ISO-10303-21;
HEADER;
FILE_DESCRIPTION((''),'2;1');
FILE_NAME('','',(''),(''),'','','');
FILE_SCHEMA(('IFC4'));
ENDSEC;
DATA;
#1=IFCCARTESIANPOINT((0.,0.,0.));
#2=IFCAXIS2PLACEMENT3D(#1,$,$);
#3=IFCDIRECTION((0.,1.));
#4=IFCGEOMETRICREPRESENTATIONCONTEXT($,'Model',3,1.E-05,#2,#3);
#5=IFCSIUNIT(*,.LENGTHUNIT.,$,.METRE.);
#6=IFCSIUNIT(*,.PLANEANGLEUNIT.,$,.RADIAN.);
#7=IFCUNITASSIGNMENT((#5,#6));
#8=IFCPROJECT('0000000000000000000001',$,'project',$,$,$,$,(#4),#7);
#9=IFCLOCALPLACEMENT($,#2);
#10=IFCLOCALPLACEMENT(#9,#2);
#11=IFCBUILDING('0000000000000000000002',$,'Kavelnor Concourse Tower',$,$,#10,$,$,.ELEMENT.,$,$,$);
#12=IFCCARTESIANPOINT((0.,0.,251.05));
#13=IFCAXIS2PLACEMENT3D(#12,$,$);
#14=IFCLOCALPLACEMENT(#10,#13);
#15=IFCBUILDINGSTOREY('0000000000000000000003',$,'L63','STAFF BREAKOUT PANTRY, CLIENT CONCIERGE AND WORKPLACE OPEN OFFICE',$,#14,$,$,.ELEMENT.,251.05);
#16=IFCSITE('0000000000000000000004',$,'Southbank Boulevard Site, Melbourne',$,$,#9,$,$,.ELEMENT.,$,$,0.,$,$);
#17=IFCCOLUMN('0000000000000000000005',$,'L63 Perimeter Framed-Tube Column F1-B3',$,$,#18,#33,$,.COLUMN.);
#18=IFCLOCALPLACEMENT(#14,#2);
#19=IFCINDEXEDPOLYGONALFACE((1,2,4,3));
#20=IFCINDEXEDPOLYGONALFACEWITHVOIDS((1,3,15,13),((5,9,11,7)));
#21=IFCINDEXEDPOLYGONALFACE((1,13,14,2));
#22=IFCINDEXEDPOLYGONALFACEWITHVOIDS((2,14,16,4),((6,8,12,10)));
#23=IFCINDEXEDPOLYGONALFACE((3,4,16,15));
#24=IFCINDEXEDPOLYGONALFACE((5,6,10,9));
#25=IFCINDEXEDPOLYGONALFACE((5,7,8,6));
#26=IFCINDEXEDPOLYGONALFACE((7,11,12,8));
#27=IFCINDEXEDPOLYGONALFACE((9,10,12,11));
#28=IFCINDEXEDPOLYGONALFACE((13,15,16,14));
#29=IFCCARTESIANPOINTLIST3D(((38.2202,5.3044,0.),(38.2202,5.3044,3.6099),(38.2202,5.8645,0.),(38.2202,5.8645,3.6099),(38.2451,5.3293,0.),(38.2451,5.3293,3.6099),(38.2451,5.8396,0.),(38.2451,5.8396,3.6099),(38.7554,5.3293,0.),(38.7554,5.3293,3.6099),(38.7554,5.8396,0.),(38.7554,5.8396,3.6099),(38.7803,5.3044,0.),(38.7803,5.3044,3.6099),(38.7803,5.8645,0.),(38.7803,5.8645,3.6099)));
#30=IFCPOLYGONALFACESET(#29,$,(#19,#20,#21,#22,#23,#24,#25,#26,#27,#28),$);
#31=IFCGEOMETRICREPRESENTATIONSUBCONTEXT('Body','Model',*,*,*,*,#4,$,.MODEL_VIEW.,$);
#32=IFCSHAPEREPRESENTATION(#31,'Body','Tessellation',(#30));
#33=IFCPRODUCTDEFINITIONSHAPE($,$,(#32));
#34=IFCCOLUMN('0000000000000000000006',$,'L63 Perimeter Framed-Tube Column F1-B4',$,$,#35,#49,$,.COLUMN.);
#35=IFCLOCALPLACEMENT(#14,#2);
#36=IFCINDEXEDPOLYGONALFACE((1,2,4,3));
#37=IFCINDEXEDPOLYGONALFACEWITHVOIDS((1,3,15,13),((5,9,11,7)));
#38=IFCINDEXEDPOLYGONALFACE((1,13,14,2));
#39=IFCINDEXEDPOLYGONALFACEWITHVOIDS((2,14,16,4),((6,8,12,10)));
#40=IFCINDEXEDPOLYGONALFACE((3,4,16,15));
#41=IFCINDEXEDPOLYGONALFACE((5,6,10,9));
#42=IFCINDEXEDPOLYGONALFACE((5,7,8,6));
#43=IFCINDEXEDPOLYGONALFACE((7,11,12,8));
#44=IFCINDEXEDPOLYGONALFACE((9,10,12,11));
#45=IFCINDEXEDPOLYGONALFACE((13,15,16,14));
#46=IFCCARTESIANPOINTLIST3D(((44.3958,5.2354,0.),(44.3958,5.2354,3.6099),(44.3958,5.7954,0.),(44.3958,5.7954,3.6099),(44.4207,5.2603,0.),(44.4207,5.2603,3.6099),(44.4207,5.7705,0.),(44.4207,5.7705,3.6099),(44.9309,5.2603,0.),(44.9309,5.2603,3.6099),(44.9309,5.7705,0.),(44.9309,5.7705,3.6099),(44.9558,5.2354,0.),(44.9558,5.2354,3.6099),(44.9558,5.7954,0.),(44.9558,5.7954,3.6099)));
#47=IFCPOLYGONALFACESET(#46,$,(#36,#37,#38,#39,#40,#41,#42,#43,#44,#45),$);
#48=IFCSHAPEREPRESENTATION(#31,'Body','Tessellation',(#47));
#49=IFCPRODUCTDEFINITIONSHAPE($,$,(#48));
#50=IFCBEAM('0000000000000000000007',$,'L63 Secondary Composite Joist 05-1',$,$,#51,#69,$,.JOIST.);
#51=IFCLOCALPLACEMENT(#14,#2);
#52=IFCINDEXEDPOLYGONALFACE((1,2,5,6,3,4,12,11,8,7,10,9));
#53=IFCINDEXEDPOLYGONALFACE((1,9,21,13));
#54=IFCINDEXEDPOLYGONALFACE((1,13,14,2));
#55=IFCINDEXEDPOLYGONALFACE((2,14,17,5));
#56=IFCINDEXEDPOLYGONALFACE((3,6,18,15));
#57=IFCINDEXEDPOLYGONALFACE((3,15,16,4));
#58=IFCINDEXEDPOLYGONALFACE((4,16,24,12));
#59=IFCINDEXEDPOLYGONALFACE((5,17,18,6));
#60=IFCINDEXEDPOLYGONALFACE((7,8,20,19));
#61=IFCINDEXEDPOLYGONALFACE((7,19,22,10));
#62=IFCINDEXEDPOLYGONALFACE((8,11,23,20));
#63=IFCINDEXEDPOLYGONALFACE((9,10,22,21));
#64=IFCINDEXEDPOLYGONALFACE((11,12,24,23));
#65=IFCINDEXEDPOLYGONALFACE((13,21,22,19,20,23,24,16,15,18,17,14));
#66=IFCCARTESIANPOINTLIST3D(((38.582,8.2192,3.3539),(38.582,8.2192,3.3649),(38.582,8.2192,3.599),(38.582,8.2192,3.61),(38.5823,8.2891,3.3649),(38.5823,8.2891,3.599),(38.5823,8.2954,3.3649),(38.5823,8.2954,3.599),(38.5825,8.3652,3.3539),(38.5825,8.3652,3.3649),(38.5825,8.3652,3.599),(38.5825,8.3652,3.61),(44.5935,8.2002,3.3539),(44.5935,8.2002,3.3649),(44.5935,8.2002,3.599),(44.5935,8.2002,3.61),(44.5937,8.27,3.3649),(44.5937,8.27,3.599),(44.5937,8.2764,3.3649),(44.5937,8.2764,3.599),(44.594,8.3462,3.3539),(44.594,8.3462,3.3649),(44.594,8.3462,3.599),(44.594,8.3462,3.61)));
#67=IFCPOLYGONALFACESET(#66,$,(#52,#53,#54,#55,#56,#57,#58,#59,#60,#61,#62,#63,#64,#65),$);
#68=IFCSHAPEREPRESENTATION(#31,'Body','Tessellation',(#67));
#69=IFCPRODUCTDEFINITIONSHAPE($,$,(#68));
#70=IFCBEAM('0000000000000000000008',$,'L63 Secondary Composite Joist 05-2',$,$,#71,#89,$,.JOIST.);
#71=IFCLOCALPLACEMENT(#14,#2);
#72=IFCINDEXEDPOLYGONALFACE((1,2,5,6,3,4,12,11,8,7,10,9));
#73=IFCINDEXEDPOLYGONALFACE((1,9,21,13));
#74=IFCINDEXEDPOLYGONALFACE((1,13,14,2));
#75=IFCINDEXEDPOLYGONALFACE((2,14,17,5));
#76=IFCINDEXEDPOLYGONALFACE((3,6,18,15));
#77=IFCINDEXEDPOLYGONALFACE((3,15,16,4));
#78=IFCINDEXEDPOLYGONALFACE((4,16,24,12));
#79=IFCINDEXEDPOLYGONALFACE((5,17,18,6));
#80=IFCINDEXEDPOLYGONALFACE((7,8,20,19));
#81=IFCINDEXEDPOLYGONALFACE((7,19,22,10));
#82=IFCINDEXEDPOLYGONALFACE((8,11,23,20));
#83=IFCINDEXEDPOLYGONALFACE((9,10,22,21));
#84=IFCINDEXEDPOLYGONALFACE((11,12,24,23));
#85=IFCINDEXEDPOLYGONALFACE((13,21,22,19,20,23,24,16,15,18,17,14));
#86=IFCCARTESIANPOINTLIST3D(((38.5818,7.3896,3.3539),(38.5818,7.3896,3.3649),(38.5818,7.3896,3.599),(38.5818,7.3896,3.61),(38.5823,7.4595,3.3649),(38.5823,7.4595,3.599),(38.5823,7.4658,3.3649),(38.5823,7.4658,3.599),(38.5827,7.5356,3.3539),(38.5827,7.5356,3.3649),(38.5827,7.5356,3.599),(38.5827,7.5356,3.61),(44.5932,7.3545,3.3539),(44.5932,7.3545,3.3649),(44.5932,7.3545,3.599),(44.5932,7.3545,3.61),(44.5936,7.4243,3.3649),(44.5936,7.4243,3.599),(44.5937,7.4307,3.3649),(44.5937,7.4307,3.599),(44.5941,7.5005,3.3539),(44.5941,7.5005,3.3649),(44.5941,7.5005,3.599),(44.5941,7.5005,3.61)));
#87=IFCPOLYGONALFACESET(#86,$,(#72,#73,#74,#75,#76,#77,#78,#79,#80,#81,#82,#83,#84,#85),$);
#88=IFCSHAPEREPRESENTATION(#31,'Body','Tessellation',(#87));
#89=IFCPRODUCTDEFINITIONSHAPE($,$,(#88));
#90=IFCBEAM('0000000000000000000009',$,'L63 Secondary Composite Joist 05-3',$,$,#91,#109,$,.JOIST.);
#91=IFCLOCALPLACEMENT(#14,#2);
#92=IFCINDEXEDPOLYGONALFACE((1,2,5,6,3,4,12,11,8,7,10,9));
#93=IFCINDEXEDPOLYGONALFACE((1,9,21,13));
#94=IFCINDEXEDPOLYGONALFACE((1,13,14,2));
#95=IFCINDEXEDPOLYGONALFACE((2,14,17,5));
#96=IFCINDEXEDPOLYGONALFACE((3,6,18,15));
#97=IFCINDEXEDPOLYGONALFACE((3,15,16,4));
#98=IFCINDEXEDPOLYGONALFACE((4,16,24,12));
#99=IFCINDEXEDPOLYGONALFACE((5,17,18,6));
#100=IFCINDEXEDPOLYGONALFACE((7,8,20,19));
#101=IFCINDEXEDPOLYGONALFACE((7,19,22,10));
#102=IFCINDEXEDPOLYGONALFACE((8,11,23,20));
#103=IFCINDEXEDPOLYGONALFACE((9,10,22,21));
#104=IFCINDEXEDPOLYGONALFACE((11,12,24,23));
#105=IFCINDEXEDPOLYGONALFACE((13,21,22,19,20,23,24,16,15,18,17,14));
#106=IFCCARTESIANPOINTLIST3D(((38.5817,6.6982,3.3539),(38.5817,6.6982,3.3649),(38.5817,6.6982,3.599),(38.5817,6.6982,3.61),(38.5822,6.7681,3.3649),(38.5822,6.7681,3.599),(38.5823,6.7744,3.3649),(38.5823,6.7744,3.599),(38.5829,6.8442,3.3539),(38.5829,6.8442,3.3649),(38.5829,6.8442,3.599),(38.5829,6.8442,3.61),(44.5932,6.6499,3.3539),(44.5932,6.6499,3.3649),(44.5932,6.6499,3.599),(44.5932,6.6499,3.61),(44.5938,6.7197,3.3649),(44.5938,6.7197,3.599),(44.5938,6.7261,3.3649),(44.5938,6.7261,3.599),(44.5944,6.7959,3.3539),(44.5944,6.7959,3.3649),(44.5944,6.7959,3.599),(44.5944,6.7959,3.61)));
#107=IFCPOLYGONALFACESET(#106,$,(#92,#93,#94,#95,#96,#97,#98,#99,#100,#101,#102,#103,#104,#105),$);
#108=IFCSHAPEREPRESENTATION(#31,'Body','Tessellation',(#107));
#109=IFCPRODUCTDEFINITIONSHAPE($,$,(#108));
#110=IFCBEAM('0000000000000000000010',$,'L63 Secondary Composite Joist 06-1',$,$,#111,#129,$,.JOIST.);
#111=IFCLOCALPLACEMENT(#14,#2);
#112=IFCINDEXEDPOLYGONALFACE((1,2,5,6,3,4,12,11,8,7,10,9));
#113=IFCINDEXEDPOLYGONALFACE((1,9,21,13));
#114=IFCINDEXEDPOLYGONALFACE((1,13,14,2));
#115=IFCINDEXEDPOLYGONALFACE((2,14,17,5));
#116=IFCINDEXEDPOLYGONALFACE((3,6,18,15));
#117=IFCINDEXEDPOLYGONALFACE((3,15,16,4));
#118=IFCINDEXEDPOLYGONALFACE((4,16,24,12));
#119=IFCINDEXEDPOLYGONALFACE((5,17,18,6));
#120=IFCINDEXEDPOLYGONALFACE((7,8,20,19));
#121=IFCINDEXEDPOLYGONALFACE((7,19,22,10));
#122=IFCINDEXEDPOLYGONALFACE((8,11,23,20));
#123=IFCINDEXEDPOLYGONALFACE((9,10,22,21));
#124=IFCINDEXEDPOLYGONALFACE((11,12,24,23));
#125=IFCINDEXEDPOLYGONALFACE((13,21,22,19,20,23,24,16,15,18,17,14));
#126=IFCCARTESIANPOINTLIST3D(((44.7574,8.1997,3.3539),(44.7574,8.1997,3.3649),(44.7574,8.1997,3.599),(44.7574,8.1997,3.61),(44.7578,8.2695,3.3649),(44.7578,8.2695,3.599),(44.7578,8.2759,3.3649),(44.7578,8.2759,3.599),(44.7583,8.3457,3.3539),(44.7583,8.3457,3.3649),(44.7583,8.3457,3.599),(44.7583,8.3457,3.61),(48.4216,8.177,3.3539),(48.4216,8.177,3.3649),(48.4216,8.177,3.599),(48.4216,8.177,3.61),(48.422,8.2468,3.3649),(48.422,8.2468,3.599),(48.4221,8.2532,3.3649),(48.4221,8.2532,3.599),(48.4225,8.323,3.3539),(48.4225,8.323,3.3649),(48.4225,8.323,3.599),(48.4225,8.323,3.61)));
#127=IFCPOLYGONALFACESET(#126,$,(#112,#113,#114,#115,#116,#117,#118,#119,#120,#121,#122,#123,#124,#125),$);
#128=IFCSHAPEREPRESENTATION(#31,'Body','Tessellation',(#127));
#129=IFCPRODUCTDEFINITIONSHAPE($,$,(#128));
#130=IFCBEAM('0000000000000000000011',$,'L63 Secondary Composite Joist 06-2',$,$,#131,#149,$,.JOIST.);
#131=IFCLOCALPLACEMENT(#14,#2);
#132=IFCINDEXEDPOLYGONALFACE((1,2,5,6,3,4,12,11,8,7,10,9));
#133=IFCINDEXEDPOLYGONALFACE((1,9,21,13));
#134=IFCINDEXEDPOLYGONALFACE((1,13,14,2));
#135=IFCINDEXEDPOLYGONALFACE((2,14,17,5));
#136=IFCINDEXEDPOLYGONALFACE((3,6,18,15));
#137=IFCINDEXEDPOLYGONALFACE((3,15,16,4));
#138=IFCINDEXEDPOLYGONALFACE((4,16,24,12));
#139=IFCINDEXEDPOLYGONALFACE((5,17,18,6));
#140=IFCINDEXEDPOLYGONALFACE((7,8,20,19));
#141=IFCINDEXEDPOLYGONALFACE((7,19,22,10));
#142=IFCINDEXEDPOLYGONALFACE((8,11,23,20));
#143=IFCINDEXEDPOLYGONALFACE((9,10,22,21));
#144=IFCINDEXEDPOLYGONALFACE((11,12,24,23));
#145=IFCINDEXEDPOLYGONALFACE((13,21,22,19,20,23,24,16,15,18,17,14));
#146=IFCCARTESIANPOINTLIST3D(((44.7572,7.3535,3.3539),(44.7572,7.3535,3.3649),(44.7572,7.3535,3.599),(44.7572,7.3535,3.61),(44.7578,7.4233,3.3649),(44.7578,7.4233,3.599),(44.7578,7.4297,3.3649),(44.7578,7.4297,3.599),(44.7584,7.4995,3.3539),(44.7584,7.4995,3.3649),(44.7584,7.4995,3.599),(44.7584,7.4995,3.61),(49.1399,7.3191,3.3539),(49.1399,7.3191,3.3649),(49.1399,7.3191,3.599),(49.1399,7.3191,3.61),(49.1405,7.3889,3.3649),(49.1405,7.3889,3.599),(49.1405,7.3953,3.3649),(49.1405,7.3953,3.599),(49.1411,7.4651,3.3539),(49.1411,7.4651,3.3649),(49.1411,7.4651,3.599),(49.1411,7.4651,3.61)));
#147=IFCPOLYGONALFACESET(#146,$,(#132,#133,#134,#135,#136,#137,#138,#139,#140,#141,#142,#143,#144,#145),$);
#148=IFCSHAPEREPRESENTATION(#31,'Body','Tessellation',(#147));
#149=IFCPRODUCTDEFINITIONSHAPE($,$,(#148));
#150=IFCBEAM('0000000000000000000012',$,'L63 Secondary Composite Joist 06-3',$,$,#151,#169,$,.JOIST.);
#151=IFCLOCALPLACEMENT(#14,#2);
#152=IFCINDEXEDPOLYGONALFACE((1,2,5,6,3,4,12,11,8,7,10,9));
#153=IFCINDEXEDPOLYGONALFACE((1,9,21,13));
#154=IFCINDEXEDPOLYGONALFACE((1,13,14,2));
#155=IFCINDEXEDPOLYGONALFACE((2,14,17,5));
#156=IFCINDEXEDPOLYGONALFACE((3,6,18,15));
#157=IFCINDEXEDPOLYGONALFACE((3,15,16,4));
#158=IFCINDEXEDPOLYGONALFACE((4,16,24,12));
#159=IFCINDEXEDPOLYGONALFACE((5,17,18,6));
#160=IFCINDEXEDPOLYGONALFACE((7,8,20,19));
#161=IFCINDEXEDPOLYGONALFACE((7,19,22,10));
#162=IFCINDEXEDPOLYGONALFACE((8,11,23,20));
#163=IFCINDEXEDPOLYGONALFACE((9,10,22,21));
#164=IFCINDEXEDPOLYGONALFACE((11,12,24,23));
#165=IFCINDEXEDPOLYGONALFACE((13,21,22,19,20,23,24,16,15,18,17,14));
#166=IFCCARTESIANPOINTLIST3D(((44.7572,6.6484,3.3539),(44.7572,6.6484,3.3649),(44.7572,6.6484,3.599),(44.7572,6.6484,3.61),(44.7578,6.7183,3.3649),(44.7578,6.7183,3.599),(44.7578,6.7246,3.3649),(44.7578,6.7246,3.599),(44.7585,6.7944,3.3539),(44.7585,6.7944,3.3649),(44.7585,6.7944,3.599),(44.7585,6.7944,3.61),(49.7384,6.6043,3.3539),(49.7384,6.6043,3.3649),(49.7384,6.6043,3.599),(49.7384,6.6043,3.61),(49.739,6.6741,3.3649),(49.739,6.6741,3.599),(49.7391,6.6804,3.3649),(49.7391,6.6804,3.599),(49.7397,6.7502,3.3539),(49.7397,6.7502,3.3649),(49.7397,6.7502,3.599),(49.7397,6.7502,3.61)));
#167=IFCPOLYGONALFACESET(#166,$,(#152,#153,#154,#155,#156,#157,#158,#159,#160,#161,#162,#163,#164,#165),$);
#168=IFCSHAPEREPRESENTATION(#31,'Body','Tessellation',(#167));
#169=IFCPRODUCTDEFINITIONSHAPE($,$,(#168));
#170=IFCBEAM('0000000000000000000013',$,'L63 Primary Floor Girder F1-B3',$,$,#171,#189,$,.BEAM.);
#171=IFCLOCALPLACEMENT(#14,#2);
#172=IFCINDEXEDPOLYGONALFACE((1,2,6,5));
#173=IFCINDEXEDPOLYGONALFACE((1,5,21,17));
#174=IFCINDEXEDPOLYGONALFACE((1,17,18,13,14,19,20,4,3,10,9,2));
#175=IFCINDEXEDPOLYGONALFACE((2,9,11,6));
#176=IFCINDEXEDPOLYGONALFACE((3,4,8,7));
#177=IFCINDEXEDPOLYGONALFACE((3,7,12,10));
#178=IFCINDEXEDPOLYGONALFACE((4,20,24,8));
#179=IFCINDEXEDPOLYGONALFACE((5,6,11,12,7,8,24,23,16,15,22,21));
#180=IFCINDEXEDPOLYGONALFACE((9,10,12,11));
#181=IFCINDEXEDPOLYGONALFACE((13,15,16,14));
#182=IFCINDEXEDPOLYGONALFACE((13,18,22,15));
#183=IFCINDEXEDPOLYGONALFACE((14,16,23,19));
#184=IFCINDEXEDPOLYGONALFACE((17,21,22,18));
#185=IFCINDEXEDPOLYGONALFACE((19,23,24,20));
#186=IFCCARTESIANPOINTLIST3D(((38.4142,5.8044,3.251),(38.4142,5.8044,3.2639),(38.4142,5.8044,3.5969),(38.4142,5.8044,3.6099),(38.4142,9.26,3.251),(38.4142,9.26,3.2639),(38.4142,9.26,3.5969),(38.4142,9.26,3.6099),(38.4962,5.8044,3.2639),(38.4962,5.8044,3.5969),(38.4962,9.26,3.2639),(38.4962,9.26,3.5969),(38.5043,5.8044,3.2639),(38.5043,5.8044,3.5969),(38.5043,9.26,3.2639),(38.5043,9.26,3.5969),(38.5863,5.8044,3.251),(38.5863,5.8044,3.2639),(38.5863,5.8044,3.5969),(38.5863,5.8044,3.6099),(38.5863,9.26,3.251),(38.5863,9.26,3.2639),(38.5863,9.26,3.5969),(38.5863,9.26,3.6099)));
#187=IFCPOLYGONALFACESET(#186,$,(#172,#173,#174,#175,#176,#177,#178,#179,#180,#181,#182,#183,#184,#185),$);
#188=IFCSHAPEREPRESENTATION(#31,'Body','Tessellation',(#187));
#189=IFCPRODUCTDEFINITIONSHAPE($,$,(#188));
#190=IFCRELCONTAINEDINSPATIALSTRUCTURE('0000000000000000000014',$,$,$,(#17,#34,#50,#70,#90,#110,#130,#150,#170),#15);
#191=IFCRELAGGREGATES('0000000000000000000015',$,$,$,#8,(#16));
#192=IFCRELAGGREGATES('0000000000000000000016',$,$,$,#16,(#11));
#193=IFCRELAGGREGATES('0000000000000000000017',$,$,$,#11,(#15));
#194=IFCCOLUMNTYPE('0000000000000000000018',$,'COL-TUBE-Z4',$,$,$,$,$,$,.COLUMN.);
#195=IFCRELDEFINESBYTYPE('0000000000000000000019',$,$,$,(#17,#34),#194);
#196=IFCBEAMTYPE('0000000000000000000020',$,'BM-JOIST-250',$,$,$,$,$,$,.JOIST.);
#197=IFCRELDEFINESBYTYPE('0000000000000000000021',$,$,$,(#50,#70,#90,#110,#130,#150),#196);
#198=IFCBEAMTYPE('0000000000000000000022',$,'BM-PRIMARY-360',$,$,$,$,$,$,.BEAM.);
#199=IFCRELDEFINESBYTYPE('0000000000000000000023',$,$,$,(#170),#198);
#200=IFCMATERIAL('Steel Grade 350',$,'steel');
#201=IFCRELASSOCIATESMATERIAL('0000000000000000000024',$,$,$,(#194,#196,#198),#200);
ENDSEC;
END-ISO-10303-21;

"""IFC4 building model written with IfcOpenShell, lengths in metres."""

from ifc_helpers import new_model, si_unit, direction, frame, origin, origin_2d, place, context, subcontext, project, spatial, hollow_rectangle, i_section, extrude, material, material_profile, profile_set, type_object, element, save


model = new_model("IFC4")

# Units and contexts
model_context = context("Model", 3, precision=1e-05, world=origin(), true_north=direction((0.0, 1.0)))
body_context = subcontext(model_context, "Body", "Model", "MODEL_VIEW")
ifc_project = project(units=[si_unit("LENGTHUNIT", "METRE"), si_unit("PLANEANGLEUNIT", "RADIAN")], contexts=[model_context])

# Site, building, storey
site_placement = place(None, origin())
site = spatial("IfcSite", under=ifc_project, at=site_placement, Name="Southbank Boulevard Site, Melbourne", CompositionType="ELEMENT", RefElevation=0.0)
building_placement = place(site_placement, origin())
building = spatial("IfcBuilding", under=site, at=building_placement, Name="Kavelnor Concourse Tower", CompositionType="ELEMENT")
storey_placement = place(building_placement, frame((0.0, 0.0, 251.05)))
storey = spatial("IfcBuildingStorey", under=building, at=storey_placement, Name="L63", Description="STAFF BREAKOUT PANTRY, CLIENT CONCIERGE AND WORKPLACE OPEN OFFICE", CompositionType="ELEMENT", Elevation=251.05)

# Columns
ifc_material_1 = material(Name="Steel Grade 350", Category="steel")
ifc_material_profile_1 = material_profile(ifc_material_1, hollow_rectangle(XDim=0.5601, YDim=0.5601, WallThickness=0.0249, at=origin_2d()), Name="SHS 560x560x25")
ifc_profile_set_1 = profile_set([ifc_material_profile_1], Name="Steel Grade 350")
column_type = type_object("IfcColumnType", Name="COL-TUBE-Z4", PredefinedType="COLUMN", material=ifc_profile_set_1)
for number, where, z_axis, x_axis, name in (
    (1, (38.5002, 5.5845, 0.0), (0.0, 0.0, 1.0), (1.0, 0.0, 0.0), "L63 Perimeter Framed-Tube Column F1-B3"),
    (2, (44.6758, 5.5154, 0.0), (0.0, 0.0, 1.0), (1.0, 0.0, 0.0), "L63 Perimeter Framed-Tube Column F1-B4"),
):
    element("IfcColumn", number, at=place(storey_placement, frame(where, z_axis=z_axis, x_axis=x_axis)), inside=storey, type_object=column_type, Name=name, PredefinedType="COLUMN", context=body_context, shape_type="SweptSolid", body=[
        extrude(hollow_rectangle(XDim=0.5601, YDim=0.5601, WallThickness=0.0249, at=origin_2d()), origin(), (0.0, 0.0, 1.0), 3.6099),
    ])

# Beams
ifc_material_profile_2 = material_profile(ifc_material_1, i_section(OverallWidth=0.146, OverallDepth=0.2561, WebThickness=0.0063, FlangeThickness=0.011, at=origin_2d()), Name="250UB37")
ifc_profile_set_2 = profile_set([ifc_material_profile_2], Name="Steel Grade 350")
beam_type_1 = type_object("IfcBeamType", Name="BM-JOIST-250", PredefinedType="JOIST", material=ifc_profile_set_2)
for number, where, z_axis, x_axis, name in (
    (3, (38.5823, 8.2922, 3.4819), (0.999995, -0.003168, 0.0), (0.003168, 0.999995, 0.0), "L63 Secondary Composite Joist 05-1"),
    (4, (38.5823, 7.4626, 3.4819), (0.999983, -0.005848, 0.0), (0.005848, 0.999983, 0.0), "L63 Secondary Composite Joist 05-2"),
):
    element("IfcBeam", number, at=place(storey_placement, frame(where, z_axis=z_axis, x_axis=x_axis)), inside=storey, type_object=beam_type_1, Name=name, PredefinedType="JOIST", context=body_context, shape_type="SweptSolid", body=[
        extrude(i_section(OverallWidth=0.146, OverallDepth=0.2561, WebThickness=0.0063, FlangeThickness=0.011, at=origin_2d()), origin(), (0.0, 0.0, 1.0), 6.0115),
    ])
beam_1_placement = place(storey_placement, frame((38.5823, 6.7712, 3.4819), z_axis=(0.999968, -0.008041, 0.0), x_axis=(0.008041, 0.999968, 0.0)))
element("IfcBeam", 5, at=beam_1_placement, inside=storey, type_object=beam_type_1, Name="L63 Secondary Composite Joist 05-3", PredefinedType="JOIST", context=body_context, shape_type="SweptSolid", body=[
    extrude(i_section(OverallWidth=0.146, OverallDepth=0.2561, WebThickness=0.0063, FlangeThickness=0.011, at=origin_2d()), origin(), (0.0, 0.0, 1.0), 6.0117),
])
beam_2_placement = place(storey_placement, frame((44.7578, 8.2727, 3.4819), z_axis=(0.999981, -0.006196, 0.0), x_axis=(0.006196, 0.999981, 0.0)))
element("IfcBeam", 6, at=beam_2_placement, inside=storey, type_object=beam_type_1, Name="L63 Secondary Composite Joist 06-1", PredefinedType="JOIST", context=body_context, shape_type="SweptSolid", body=[
    extrude(i_section(OverallWidth=0.146, OverallDepth=0.2561, WebThickness=0.0063, FlangeThickness=0.011, at=origin_2d()), origin(), (0.0, 0.0, 1.0), 3.6643),
])
beam_3_placement = place(storey_placement, frame((44.7578, 7.4265, 3.4819), z_axis=(0.999969, -0.007854, 0.0), x_axis=(0.007854, 0.999969, 0.0)))
element("IfcBeam", 7, at=beam_3_placement, inside=storey, type_object=beam_type_1, Name="L63 Secondary Composite Joist 06-2", PredefinedType="JOIST", context=body_context, shape_type="SweptSolid", body=[
    extrude(i_section(OverallWidth=0.146, OverallDepth=0.2561, WebThickness=0.0063, FlangeThickness=0.011, at=origin_2d()), origin(), (0.0, 0.0, 1.0), 4.3828),
])
beam_4_placement = place(storey_placement, frame((44.7578, 6.7214, 3.4819), z_axis=(0.999961, -0.008871, 0.0), x_axis=(0.008871, 0.999961, 0.0)))
element("IfcBeam", 8, at=beam_4_placement, inside=storey, type_object=beam_type_1, Name="L63 Secondary Composite Joist 06-3", PredefinedType="JOIST", context=body_context, shape_type="SweptSolid", body=[
    extrude(i_section(OverallWidth=0.146, OverallDepth=0.2561, WebThickness=0.0063, FlangeThickness=0.011, at=origin_2d()), origin(), (0.0, 0.0, 1.0), 4.9814),
])
ifc_material_profile_3 = material_profile(ifc_material_1, i_section(OverallWidth=0.1721, OverallDepth=0.3589, WebThickness=0.0081, FlangeThickness=0.0129, at=origin_2d()), Name="360UB56")
ifc_profile_set_3 = profile_set([ifc_material_profile_3], Name="Steel Grade 350")
beam_type_2 = type_object("IfcBeamType", Name="BM-PRIMARY-360", PredefinedType="BEAM", material=ifc_profile_set_3)
beam_5_placement = place(storey_placement, frame((38.5002, 9.26, 3.4304), z_axis=(0.0, -1.0, 0.0), x_axis=(1.0, 0.0, 0.0)))
element("IfcBeam", 9, at=beam_5_placement, inside=storey, type_object=beam_type_2, Name="L63 Primary Floor Girder F1-B3", PredefinedType="BEAM", context=body_context, shape_type="SweptSolid", body=[
    extrude(i_section(OverallWidth=0.1721, OverallDepth=0.3589, WebThickness=0.0081, FlangeThickness=0.0129, at=origin_2d()), origin(), (0.0, 0.0, 1.0), 3.4556),
])

save(model, "model.ifc")
